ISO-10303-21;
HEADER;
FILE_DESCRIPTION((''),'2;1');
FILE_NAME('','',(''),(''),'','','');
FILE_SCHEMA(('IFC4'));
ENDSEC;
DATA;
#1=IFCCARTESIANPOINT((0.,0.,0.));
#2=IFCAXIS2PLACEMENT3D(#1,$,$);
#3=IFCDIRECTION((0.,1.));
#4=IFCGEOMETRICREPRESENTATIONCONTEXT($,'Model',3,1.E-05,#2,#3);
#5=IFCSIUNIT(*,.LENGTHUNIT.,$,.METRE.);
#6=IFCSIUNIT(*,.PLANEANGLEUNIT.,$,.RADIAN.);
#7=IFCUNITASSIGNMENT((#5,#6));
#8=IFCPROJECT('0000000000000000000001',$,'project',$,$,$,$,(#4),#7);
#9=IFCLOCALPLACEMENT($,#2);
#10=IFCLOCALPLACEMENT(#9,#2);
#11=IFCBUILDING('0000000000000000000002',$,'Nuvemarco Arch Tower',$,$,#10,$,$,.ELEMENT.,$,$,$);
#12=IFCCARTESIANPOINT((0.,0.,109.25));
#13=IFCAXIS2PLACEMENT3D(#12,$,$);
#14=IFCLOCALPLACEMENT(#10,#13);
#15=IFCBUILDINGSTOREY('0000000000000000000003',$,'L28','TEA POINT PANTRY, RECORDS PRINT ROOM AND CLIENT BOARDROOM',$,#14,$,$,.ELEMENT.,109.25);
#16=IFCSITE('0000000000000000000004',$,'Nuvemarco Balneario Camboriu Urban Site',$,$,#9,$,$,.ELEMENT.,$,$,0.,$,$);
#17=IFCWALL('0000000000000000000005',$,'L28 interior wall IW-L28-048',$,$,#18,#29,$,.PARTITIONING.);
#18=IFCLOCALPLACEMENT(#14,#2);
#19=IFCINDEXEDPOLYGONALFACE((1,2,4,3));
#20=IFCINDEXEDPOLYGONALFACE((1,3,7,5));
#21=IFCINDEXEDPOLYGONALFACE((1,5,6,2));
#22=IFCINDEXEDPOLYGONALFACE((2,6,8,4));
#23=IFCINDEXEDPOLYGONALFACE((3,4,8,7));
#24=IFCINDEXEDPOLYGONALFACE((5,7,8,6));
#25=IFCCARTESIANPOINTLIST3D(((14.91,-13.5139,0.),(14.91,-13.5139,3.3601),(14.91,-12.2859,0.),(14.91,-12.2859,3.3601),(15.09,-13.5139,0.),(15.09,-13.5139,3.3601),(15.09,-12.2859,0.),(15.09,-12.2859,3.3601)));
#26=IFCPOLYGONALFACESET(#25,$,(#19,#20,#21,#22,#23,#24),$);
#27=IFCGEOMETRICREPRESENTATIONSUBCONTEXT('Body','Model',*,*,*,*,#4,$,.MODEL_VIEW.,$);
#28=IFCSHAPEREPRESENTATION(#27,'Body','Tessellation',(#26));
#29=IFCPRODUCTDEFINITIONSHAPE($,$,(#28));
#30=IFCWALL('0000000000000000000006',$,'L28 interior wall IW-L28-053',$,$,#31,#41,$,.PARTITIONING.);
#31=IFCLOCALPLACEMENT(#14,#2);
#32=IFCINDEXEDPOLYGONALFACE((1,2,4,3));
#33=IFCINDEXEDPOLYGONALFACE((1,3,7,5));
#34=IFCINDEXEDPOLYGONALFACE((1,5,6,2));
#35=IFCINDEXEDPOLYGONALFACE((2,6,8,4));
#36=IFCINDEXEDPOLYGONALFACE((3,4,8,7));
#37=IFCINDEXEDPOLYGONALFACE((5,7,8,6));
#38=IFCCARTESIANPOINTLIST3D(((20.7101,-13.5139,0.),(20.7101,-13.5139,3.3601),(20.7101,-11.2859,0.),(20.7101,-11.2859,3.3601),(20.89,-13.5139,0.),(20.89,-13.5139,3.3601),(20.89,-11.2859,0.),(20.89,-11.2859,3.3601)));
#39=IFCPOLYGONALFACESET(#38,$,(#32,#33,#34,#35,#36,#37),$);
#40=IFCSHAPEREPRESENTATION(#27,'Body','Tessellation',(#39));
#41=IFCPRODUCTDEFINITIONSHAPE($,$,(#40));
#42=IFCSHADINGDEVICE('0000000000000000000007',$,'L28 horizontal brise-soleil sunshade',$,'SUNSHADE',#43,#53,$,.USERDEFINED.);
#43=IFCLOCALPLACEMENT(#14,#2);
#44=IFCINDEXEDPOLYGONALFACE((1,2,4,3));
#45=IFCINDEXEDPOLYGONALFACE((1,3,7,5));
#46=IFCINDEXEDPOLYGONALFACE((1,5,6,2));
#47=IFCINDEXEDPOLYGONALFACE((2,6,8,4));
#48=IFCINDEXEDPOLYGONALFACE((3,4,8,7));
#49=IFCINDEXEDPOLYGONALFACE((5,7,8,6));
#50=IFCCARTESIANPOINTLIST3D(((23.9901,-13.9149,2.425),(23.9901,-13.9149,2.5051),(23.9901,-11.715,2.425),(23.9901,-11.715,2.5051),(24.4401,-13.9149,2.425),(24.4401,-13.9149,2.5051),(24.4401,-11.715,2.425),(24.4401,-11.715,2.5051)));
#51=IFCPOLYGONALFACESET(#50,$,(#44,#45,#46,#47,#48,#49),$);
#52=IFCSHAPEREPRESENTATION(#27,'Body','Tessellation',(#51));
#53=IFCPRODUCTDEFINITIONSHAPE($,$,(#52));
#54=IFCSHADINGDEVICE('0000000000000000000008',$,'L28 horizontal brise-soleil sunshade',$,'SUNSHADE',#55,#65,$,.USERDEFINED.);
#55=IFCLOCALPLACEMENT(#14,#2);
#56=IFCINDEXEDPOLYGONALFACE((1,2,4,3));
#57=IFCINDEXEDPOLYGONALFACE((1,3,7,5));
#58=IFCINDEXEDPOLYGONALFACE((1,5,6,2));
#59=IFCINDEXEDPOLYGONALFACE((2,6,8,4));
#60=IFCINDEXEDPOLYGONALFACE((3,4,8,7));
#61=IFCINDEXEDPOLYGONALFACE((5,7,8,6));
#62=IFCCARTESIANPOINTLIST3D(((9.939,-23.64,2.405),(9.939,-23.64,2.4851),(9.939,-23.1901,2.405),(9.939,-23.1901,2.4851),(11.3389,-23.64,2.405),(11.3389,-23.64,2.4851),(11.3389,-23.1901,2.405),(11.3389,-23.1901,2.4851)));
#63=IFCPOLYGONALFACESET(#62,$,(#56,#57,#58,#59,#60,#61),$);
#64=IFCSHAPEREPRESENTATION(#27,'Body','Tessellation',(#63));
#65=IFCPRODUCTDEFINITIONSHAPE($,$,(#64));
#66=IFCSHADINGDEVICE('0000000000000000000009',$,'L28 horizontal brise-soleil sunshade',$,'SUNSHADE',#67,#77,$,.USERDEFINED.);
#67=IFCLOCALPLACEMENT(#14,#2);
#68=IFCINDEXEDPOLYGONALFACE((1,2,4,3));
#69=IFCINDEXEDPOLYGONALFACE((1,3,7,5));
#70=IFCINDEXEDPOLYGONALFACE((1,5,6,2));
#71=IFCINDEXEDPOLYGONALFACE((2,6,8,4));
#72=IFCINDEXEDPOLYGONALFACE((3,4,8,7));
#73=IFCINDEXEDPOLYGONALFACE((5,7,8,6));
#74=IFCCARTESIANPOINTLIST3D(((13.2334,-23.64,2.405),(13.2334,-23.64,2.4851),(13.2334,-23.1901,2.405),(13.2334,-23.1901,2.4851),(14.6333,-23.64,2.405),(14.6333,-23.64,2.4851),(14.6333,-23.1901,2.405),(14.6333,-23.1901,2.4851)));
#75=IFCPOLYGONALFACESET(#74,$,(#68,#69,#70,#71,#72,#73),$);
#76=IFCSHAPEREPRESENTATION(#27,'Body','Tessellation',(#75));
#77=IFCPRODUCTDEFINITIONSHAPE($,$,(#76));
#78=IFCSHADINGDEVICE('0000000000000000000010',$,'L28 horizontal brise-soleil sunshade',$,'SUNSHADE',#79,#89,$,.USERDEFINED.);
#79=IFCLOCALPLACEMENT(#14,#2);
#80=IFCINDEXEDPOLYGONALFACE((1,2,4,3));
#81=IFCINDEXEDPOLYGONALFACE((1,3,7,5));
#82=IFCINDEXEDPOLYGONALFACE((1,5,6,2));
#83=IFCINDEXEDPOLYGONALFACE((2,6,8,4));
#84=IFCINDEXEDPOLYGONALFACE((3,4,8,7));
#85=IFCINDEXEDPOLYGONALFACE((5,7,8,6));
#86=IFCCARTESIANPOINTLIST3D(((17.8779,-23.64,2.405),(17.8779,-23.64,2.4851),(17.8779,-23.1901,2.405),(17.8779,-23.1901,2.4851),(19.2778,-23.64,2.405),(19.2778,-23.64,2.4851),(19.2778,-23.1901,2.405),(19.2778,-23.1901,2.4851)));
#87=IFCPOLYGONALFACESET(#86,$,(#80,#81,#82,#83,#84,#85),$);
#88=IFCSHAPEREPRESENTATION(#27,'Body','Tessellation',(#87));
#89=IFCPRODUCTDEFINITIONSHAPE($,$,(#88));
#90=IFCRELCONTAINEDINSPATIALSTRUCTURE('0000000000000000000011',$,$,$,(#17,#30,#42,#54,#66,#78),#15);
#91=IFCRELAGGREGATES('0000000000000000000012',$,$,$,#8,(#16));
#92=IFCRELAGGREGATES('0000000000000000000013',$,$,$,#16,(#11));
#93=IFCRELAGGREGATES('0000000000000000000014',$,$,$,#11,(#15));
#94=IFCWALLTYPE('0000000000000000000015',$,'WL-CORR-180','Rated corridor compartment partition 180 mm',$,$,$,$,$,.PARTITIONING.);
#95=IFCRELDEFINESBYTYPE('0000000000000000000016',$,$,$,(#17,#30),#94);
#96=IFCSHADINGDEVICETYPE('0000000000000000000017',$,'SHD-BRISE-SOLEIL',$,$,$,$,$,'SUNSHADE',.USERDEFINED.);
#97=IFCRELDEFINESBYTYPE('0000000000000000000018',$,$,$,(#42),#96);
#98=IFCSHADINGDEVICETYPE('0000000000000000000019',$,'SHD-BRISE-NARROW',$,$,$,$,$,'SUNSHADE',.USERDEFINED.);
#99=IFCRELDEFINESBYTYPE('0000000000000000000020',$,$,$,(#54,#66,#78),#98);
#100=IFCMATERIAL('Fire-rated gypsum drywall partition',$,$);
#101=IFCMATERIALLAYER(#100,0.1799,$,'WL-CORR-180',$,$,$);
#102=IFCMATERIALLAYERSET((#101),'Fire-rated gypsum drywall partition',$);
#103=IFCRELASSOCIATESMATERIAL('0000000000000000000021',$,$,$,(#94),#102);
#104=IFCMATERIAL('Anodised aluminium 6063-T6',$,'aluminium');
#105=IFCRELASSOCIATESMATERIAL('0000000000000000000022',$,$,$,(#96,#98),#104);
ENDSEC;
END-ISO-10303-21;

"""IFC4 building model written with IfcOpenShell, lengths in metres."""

from ifc_helpers import new_model, si_unit, direction, frame, frame_2d, origin, origin_2d, place, context, subcontext, project, spatial, rectangle, extrude, source, transform, mapped, material, layer, layer_set, type_object, type_shapes, element, save


model = new_model("IFC4")

# Units and contexts
model_context = context("Model", 3, precision=1e-05, world=origin(), true_north=direction((0.0, 1.0)))
body_context = subcontext(model_context, "Body", "Model", "MODEL_VIEW")
ifc_project = project(units=[si_unit("LENGTHUNIT", "METRE"), si_unit("PLANEANGLEUNIT", "RADIAN")], contexts=[model_context])

# Site, building, storey
site_placement = place(None, origin())
site = spatial("IfcSite", under=ifc_project, at=site_placement, Name="Nuvemarco Balneario Camboriu Urban Site", CompositionType="ELEMENT", RefElevation=0.0)
building_placement = place(site_placement, origin())
building = spatial("IfcBuilding", under=site, at=building_placement, Name="Nuvemarco Arch Tower", CompositionType="ELEMENT")
storey_placement = place(building_placement, frame((0.0, 0.0, 109.25)))
storey = spatial("IfcBuildingStorey", under=building, at=storey_placement, Name="L28", Description="TEA POINT PANTRY, RECORDS PRINT ROOM AND CLIENT BOARDROOM", CompositionType="ELEMENT", Elevation=109.25)

# Shared definitions
ifc_material_1 = material(Name="Fire-rated gypsum drywall partition")
ifc_layer_1 = layer(ifc_material_1, 0.1799, Name="WL-CORR-180")
ifc_layer_set_1 = layer_set([ifc_layer_1], Name="Fire-rated gypsum drywall partition")
wall_type_1 = type_object("IfcWallType", Name="WL-CORR-180", Description="Rated corridor compartment partition 180 mm", PredefinedType="PARTITIONING", material=ifc_layer_set_1)

# Walls
wall_1_placement = place(storey_placement, frame((15.0, -13.5139, 0.0), z_axis=(0.0, 0.0, 1.0), x_axis=(0.0, 1.0, 0.0)))
element("IfcWall", 1, at=wall_1_placement, inside=storey, type_object=wall_type_1, Name="L28 interior wall IW-L28-048", PredefinedType="PARTITIONING", context=body_context, shape_type="SweptSolid", body=[
    extrude(rectangle(XDim=1.228, YDim=0.1799, at=frame_2d((0.614, 0.0))), origin(), (0.0, 0.0, 1.0), 3.3601),
])
wall_2_placement = place(storey_placement, frame((20.8, -13.5139, 0.0), z_axis=(0.0, 0.0, 1.0), x_axis=(0.0, 1.0, 0.0)))
element("IfcWall", 2, at=wall_2_placement, inside=storey, type_object=wall_type_1, Name="L28 interior wall IW-L28-053", PredefinedType="PARTITIONING", context=body_context, shape_type="SweptSolid", body=[
    extrude(rectangle(XDim=2.228, YDim=0.1799, at=frame_2d((1.114, 0.0))), origin(), (0.0, 0.0, 1.0), 3.3601),
])

# Shading devices
ifc_material_2 = material(Name="Anodised aluminium 6063-T6", Category="aluminium")
shading_device_type_1 = type_object("IfcShadingDeviceType", Name="SHD-BRISE-SOLEIL", ElementType="SUNSHADE", PredefinedType="USERDEFINED", material=ifc_material_2)
shared_shape_1 = source(origin(), body_context, "Body", "SweptSolid", [
    extrude(rectangle(XDim=2.2, YDim=0.45, at=origin_2d()), origin(), (0.0, 0.0, 1.0), 0.0801),
])
type_shapes(shading_device_type_1, [shared_shape_1])
shading_device_placement = place(storey_placement, frame((24.2151, -12.8149, 2.425), z_axis=(0.0, 0.0, 1.0), x_axis=(0.0, 1.0, 0.0)))
element("IfcShadingDevice", 3, at=shading_device_placement, inside=storey, type_object=shading_device_type_1, Name="L28 horizontal brise-soleil sunshade", ObjectType="SUNSHADE", PredefinedType="USERDEFINED", context=body_context, shape_type="MappedRepresentation", body=[
    mapped(shared_shape_1, transform((0.0, 0.0, 0.0), scale=1.0)),
])
shading_device_type_2 = type_object("IfcShadingDeviceType", Name="SHD-BRISE-NARROW", ElementType="SUNSHADE", PredefinedType="USERDEFINED", material=ifc_material_2)
shared_shape_2 = source(origin(), body_context, "Body", "SweptSolid", [
    extrude(rectangle(XDim=1.3999, YDim=0.45, at=origin_2d()), origin(), (0.0, 0.0, 1.0), 0.0801),
])
type_shapes(shading_device_type_2, [shared_shape_2])
for number, where, z_axis, x_axis, name in (
    (4, (10.6389, -23.415, 2.405), (0.0, 0.0, 1.0), (1.0, 0.0, 0.0), "L28 horizontal brise-soleil sunshade"),
    (5, (13.9333, -23.415, 2.405), (0.0, 0.0, 1.0), (1.0, 0.0, 0.0), "L28 horizontal brise-soleil sunshade"),
    (6, (18.5779, -23.415, 2.405), (0.0, 0.0, 1.0), (1.0, 0.0, 0.0), "L28 horizontal brise-soleil sunshade"),
):
    element("IfcShadingDevice", number, at=place(storey_placement, frame(where, z_axis=z_axis, x_axis=x_axis)), inside=storey, type_object=shading_device_type_2, Name=name, ObjectType="SUNSHADE", PredefinedType="USERDEFINED", context=body_context, shape_type="MappedRepresentation", body=[
        mapped(shared_shape_2, transform((0.0, 0.0, 0.0), scale=1.0)),
    ])

save(model, "model.ifc")
